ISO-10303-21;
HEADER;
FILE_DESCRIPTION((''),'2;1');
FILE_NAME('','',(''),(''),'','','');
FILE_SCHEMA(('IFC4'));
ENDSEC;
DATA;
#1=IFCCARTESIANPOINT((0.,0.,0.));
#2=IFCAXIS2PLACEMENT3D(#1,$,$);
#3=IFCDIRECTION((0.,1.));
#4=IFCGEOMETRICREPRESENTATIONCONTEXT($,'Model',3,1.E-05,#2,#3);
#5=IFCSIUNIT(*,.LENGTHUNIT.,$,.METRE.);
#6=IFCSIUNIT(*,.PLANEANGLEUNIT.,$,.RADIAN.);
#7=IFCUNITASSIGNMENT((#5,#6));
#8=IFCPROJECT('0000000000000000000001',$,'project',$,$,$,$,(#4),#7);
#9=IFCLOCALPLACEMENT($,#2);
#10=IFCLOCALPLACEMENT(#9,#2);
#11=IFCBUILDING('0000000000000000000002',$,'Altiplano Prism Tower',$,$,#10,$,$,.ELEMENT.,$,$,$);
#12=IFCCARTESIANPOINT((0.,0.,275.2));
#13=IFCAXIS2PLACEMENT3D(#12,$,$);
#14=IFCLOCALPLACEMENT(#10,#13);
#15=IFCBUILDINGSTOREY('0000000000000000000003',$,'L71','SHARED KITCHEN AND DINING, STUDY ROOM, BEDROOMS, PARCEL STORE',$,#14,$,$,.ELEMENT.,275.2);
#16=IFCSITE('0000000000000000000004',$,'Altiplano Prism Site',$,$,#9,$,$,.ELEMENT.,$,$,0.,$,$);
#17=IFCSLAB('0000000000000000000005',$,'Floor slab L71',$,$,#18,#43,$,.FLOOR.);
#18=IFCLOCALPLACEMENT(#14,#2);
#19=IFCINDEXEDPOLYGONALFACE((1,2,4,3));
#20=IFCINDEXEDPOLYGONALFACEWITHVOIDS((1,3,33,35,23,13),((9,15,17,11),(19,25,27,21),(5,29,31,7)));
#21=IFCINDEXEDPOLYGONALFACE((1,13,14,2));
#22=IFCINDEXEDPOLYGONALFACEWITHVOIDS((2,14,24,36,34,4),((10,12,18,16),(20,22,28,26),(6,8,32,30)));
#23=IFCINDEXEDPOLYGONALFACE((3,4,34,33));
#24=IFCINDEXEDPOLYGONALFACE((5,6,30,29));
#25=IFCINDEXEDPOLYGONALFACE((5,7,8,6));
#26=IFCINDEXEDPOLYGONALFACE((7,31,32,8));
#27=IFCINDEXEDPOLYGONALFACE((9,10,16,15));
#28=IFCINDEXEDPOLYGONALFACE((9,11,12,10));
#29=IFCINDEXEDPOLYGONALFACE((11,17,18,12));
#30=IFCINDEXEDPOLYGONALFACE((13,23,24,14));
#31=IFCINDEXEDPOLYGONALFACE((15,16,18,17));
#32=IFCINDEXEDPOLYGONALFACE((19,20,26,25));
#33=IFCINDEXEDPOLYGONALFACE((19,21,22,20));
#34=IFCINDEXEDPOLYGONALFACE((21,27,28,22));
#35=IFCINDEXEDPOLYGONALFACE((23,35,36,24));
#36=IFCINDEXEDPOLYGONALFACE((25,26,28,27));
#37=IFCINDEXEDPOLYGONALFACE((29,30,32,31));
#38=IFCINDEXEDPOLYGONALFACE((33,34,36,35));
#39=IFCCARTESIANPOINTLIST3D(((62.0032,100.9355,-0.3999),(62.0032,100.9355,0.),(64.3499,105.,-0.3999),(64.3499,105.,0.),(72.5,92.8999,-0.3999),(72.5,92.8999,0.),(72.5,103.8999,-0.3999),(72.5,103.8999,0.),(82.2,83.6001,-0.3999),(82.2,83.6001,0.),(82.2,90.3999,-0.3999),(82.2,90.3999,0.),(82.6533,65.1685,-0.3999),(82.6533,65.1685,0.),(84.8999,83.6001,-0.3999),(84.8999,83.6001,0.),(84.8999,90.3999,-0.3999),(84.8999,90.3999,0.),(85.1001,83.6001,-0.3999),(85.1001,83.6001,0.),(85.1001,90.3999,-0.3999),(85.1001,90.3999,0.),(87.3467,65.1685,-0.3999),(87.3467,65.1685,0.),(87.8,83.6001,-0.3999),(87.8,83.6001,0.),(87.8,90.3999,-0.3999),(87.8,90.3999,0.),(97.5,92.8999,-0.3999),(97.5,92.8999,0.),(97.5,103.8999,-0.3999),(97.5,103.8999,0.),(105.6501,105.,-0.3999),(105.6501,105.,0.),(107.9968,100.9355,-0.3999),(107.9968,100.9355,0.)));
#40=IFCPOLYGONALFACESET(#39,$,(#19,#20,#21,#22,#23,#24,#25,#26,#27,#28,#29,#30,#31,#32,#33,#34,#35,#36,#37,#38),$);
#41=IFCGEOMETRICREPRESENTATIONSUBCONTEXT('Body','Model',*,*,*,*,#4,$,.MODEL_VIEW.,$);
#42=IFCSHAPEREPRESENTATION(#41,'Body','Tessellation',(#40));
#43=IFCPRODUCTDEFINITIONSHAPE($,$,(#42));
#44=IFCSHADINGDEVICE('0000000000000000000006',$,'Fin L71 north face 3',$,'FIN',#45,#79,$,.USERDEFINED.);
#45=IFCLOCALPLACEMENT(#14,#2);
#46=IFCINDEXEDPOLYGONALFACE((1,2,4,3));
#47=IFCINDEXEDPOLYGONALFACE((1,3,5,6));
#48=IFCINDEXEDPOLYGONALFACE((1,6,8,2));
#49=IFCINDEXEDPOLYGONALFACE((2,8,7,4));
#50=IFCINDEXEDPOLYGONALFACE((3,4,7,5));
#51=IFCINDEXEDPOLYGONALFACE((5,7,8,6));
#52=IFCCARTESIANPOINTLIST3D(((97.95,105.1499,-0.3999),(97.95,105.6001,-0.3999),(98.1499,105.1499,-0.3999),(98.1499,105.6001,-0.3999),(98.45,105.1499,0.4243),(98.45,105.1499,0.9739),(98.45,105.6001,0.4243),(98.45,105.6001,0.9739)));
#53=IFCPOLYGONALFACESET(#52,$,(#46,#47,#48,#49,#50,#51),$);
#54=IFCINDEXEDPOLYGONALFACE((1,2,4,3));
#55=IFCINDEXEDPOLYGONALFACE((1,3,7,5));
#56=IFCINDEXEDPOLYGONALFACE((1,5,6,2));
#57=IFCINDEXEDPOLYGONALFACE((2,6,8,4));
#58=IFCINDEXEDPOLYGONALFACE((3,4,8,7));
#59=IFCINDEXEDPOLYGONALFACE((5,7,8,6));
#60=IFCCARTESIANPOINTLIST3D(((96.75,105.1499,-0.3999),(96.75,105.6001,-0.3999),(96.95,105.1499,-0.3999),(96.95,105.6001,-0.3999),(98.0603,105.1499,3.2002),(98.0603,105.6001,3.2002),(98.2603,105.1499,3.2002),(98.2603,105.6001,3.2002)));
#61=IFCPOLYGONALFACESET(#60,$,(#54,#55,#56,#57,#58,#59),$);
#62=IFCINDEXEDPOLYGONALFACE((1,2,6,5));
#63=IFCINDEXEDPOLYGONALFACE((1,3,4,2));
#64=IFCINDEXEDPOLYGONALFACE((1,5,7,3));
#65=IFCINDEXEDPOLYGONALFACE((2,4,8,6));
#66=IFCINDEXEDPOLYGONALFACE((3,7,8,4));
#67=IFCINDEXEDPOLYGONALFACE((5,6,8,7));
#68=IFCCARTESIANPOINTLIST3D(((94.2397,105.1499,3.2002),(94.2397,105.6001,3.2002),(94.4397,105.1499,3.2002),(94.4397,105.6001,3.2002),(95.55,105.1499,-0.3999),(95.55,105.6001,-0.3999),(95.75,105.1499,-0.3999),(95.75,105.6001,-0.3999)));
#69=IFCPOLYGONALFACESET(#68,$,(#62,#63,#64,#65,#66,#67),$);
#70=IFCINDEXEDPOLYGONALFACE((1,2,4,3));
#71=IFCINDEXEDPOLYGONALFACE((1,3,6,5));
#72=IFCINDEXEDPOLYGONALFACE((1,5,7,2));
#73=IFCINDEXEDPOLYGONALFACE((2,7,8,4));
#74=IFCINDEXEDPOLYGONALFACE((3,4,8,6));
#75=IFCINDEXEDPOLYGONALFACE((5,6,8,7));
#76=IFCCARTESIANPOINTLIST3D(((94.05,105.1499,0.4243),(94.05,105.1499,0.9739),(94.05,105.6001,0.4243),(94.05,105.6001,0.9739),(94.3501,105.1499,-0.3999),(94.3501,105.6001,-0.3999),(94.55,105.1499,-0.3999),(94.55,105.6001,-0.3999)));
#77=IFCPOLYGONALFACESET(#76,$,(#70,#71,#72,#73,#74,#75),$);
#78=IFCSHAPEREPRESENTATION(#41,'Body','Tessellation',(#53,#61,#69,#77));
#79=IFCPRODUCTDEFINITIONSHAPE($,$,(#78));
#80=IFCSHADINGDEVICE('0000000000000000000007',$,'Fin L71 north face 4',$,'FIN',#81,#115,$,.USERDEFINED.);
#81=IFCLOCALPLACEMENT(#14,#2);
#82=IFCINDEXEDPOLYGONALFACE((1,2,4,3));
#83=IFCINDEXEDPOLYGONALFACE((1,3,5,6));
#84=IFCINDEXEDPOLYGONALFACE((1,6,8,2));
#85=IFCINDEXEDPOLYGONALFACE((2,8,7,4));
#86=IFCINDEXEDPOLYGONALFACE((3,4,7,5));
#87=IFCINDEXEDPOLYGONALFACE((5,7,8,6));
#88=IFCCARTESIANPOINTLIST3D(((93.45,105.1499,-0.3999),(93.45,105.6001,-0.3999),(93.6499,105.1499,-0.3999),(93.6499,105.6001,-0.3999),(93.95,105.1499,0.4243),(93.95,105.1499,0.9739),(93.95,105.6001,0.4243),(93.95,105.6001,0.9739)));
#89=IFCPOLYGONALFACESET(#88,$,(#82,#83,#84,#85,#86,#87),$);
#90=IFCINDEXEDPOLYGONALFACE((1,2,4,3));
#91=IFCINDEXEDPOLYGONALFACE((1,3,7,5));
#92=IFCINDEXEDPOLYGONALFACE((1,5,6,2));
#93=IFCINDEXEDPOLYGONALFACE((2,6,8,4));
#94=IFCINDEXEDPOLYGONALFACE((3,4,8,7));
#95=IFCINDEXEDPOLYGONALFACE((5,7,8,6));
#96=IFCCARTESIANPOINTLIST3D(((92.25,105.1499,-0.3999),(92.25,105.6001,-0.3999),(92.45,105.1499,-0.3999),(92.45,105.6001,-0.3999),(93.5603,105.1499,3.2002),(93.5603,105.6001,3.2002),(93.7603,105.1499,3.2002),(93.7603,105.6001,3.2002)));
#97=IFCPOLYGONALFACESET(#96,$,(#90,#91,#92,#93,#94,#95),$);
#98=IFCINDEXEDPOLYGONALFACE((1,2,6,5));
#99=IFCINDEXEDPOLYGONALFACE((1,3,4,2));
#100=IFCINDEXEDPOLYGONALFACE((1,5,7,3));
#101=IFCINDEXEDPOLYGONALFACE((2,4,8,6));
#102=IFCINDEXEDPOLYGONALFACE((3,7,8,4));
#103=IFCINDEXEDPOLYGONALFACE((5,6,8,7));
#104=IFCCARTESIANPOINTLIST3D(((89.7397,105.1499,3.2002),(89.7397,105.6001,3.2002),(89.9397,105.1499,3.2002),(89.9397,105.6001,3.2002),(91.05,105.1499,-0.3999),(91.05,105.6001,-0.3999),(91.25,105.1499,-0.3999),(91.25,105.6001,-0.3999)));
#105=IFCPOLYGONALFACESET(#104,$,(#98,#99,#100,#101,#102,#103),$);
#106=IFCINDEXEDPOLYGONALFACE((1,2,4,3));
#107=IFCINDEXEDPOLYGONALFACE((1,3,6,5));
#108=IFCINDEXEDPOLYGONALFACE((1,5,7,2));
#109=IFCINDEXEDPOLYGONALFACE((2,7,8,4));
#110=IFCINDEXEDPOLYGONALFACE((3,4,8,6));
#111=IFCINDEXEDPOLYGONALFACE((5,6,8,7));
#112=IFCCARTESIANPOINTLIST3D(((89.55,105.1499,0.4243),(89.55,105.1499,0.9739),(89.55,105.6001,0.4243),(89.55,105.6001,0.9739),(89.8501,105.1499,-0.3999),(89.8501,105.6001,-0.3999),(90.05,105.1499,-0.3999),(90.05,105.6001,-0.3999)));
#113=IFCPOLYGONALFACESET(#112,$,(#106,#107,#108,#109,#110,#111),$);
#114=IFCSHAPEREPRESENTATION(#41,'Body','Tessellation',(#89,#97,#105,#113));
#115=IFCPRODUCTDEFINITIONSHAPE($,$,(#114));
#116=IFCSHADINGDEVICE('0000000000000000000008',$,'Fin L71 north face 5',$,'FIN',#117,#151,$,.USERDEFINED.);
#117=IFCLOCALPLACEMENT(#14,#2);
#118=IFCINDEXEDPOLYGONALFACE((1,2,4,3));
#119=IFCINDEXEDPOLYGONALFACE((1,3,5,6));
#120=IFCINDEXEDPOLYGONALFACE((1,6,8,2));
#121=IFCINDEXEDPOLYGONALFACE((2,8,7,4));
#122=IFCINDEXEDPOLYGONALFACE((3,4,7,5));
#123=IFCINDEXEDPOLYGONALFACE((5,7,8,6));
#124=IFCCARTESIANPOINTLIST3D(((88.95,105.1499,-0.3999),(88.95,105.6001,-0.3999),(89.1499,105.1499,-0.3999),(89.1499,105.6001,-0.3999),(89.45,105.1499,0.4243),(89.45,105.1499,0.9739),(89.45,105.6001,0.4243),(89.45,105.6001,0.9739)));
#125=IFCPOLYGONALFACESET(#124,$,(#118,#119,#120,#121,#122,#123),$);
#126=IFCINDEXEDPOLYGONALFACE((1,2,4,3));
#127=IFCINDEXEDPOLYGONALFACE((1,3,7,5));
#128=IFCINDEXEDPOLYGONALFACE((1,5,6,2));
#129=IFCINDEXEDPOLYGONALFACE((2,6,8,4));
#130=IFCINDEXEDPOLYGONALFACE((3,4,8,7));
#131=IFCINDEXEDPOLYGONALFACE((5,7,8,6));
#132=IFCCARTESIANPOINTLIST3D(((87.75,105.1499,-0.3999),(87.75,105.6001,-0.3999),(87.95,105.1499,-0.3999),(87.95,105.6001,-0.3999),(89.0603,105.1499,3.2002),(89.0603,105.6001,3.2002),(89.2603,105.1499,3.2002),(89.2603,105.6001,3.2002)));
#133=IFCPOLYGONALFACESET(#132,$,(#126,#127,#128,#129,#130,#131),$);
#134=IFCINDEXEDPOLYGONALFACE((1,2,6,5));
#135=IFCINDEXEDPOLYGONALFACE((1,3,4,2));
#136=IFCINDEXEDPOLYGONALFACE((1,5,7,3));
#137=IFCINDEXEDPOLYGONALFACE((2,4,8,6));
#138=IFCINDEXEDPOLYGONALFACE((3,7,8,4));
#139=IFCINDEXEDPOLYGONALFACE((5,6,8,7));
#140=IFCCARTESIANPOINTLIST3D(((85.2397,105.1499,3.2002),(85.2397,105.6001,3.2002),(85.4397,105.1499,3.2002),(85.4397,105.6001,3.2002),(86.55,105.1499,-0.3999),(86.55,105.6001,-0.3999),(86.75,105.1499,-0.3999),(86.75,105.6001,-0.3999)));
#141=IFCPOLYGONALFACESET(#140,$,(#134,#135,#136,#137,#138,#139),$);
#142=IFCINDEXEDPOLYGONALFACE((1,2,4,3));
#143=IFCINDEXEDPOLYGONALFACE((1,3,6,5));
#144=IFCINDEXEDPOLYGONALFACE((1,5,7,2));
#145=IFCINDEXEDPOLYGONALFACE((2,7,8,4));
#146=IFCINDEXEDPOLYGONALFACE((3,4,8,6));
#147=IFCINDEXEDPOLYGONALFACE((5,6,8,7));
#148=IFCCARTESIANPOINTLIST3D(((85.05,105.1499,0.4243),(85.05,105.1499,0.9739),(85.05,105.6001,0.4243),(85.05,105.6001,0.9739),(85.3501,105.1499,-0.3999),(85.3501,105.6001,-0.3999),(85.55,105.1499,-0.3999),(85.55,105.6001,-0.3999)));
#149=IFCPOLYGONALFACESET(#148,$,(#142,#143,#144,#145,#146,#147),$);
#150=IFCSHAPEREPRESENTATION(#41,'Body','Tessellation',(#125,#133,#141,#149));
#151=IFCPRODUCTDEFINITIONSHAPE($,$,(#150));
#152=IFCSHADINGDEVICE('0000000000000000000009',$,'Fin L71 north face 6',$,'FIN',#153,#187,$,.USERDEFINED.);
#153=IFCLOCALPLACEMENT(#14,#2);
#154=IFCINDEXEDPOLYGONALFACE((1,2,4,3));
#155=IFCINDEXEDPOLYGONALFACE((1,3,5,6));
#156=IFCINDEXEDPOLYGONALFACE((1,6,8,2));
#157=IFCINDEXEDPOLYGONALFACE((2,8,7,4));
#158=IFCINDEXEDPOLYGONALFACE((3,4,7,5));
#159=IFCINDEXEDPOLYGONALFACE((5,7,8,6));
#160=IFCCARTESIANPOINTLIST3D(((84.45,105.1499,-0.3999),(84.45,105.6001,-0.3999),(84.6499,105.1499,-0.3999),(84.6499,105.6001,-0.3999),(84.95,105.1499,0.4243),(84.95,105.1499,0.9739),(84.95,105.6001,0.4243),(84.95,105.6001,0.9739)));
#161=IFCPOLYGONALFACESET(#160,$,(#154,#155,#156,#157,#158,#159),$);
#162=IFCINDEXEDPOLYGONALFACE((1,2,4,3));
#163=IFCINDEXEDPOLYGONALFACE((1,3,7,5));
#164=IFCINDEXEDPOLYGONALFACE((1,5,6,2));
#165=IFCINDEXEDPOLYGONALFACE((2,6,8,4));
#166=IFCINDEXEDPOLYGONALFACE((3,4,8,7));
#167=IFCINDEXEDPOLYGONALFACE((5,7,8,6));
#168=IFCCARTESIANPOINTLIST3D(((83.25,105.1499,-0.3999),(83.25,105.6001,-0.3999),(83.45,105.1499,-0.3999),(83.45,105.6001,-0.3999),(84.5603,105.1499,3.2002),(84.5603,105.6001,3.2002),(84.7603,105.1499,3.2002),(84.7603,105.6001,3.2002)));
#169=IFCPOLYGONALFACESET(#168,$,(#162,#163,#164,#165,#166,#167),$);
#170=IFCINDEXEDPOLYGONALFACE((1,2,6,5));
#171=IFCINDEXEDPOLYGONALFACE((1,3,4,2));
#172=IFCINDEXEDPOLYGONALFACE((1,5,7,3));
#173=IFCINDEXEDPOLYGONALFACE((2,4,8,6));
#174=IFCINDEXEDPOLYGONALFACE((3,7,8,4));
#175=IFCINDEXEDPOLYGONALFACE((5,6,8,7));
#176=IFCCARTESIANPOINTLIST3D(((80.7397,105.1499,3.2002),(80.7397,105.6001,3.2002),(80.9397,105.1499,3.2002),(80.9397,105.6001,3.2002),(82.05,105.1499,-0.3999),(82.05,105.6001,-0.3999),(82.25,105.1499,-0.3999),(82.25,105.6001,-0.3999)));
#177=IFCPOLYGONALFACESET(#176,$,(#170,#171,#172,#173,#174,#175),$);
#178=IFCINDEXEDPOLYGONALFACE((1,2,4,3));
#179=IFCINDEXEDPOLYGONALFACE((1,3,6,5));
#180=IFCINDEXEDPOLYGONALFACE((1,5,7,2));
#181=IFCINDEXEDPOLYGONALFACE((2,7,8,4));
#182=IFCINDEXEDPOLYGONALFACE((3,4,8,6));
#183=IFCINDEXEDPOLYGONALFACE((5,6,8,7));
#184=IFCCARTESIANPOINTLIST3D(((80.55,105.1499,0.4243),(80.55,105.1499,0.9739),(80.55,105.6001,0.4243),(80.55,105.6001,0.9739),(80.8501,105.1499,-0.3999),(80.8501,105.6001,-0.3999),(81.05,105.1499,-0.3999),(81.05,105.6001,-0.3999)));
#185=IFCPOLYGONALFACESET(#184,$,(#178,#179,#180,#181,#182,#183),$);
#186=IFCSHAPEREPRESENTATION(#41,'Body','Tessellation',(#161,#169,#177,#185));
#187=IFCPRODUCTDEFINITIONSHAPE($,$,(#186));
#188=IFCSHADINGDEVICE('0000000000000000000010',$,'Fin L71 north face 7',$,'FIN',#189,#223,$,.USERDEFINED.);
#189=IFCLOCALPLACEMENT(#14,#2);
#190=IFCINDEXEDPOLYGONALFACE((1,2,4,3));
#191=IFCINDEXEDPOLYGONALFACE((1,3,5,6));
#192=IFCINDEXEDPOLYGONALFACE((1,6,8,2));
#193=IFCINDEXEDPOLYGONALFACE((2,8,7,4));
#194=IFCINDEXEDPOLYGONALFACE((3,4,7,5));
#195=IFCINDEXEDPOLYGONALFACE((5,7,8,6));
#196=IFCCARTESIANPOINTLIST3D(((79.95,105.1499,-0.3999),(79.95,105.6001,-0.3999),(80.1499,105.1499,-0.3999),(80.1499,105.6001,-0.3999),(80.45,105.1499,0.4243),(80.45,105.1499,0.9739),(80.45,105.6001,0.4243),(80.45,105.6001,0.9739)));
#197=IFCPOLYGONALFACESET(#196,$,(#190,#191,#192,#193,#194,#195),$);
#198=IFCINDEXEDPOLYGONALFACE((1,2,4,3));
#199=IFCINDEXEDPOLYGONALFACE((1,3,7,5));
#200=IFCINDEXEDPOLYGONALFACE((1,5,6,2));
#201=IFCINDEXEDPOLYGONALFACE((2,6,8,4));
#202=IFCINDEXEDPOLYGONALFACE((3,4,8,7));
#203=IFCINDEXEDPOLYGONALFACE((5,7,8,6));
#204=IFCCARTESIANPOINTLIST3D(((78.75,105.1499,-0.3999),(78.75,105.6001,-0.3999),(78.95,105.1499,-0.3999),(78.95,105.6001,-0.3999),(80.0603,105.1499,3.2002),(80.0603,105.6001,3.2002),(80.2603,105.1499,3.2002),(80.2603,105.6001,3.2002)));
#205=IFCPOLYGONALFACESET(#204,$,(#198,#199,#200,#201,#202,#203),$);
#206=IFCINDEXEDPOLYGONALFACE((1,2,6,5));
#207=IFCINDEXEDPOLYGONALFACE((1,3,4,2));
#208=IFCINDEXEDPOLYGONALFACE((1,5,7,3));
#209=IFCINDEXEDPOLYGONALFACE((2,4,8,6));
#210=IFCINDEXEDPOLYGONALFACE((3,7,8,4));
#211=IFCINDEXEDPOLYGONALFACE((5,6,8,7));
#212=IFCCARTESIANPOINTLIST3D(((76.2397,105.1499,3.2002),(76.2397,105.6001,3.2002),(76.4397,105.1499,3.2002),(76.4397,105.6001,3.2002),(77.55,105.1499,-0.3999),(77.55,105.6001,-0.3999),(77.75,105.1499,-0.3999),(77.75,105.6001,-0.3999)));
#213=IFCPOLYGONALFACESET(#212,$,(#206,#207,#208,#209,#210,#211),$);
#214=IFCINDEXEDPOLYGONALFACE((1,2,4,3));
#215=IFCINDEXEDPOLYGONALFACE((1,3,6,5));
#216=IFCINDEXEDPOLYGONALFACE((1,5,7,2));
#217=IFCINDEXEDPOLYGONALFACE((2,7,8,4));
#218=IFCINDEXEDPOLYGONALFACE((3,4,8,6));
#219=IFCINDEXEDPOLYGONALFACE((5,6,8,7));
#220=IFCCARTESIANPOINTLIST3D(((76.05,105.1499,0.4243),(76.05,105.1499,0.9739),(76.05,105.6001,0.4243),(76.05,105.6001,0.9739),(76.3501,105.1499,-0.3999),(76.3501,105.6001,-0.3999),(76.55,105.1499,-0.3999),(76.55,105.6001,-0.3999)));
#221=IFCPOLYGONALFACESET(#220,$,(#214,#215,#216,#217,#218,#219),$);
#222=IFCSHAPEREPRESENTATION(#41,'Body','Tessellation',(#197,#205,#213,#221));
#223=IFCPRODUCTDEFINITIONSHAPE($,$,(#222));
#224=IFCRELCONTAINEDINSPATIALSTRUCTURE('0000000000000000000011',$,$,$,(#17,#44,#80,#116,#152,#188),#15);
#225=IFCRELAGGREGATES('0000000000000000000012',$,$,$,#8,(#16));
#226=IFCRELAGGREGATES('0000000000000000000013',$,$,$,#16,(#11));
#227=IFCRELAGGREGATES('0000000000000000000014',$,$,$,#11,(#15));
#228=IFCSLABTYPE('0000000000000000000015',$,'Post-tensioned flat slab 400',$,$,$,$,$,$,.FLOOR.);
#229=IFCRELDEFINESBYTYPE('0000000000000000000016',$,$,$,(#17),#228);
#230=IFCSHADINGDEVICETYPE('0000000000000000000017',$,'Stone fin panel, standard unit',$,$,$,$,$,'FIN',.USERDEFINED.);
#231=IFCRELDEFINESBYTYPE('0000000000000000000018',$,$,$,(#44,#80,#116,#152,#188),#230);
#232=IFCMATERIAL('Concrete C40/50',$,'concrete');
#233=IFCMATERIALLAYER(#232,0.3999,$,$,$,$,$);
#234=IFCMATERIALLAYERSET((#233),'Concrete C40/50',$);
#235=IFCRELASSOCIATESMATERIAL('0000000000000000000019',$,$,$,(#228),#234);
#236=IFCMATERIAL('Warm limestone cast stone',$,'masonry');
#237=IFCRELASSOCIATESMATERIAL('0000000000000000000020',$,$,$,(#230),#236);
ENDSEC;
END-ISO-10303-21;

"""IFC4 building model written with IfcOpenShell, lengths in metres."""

from ifc_helpers import new_model, si_unit, direction, frame, origin, place, context, subcontext, project, spatial, polyline, outline, extrude, source, transform, mapped, material, layer, layer_set, type_object, element, save


model = new_model("IFC4")

# Units and contexts
model_context = context("Model", 3, precision=1e-05, world=origin(), true_north=direction((0.0, 1.0)))
body_context = subcontext(model_context, "Body", "Model", "MODEL_VIEW")
ifc_project = project(units=[si_unit("LENGTHUNIT", "METRE"), si_unit("PLANEANGLEUNIT", "RADIAN")], contexts=[model_context])

# Site, building, storey
site_placement = place(None, origin())
site = spatial("IfcSite", under=ifc_project, at=site_placement, Name="Altiplano Prism Site", CompositionType="ELEMENT", RefElevation=0.0)
building_placement = place(site_placement, origin())
building = spatial("IfcBuilding", under=site, at=building_placement, Name="Altiplano Prism Tower", CompositionType="ELEMENT")
storey_placement = place(building_placement, frame((0.0, 0.0, 275.2)))
storey = spatial("IfcBuildingStorey", under=building, at=storey_placement, Name="L71", Description="SHARED KITCHEN AND DINING, STUDY ROOM, BEDROOMS, PARCEL STORE", CompositionType="ELEMENT", Elevation=275.2)

# Slab
ifc_material_1 = material(Name="Concrete C40/50", Category="concrete")
ifc_layer = layer(ifc_material_1, 0.3999)
ifc_layer_set = layer_set([ifc_layer], Name="Concrete C40/50")
slab_type = type_object("IfcSlabType", Name="Post-tensioned flat slab 400", PredefinedType="FLOOR", material=ifc_layer_set)
slab_placement = place(storey_placement, frame((0.0, 0.0, -0.3999)))
element("IfcSlab", 1, at=slab_placement, inside=storey, type_object=slab_type, Name="Floor slab L71", PredefinedType="FLOOR", context=body_context, shape_type="SweptSolid", body=[
    extrude(outline(polyline([(82.6533, 65.1685), (62.0032, 100.9355), (64.3499, 105.0), (105.6501, 105.0), (107.9968, 100.9355), (87.3467, 65.1685), (82.6533, 65.1685)]), holes=[polyline([(72.5, 103.8999), (72.5, 92.8999), (97.5, 92.8999), (97.5, 103.8999), (72.5, 103.8999)]), polyline([(84.8999, 90.3999), (82.2, 90.3999), (82.2, 83.6001), (84.8999, 83.6001), (84.8999, 90.3999)]), polyline([(87.8, 83.6001), (87.8, 90.3999), (85.1001, 90.3999), (85.1001, 83.6001), (87.8, 83.6001)])]), origin(), (0.0, 0.0, 1.0), 0.3999),
])

# Shading devices
ifc_material_2 = material(Name="Warm limestone cast stone", Category="masonry")
shading_device_type_1 = type_object("IfcShadingDeviceType", Name="Stone fin panel, standard unit", ElementType="FIN", PredefinedType="USERDEFINED", material=ifc_material_2)
shared_shape_1 = source(origin(), body_context, "Body", "SweptSolid", [
    extrude(outline(polyline([(-2.2, 1.3738), (-2.2, 0.8242), (-1.8999, 0.0), (-1.7, 0.0), (-2.2, 1.3738)])), frame((0.0, -0.1499, 0.0), z_axis=(0.0, -1.0, 0.0), x_axis=(1.0, 0.0, 0.0)), (0.0, 0.0, 1.0), 0.4502),
    extrude(outline(polyline([(-2.0103, 3.6001), (-0.7, 0.0), (-0.5, 0.0), (-1.8103, 3.6001), (-2.0103, 3.6001)])), frame((0.0, -0.1499, 0.0), z_axis=(0.0, -1.0, 0.0), x_axis=(1.0, 0.0, 0.0)), (0.0, 0.0, 1.0), 0.4502),
    extrude(outline(polyline([(1.8103, 3.6001), (0.5, 0.0), (0.7, 0.0), (2.0103, 3.6001), (1.8103, 3.6001)])), frame((0.0, -0.1499, 0.0), z_axis=(0.0, -1.0, 0.0), x_axis=(1.0, 0.0, 0.0)), (0.0, 0.0, 1.0), 0.4502),
    extrude(outline(polyline([(2.2, 0.8242), (2.2, 1.3738), (1.7, 0.0), (1.8999, 0.0), (2.2, 0.8242)])), frame((0.0, -0.1499, 0.0), z_axis=(0.0, -1.0, 0.0), x_axis=(1.0, 0.0, 0.0)), (0.0, 0.0, 1.0), 0.4502),
])
shading_device_1_placement = place(storey_placement, origin())
element("IfcShadingDevice", 2, at=shading_device_1_placement, inside=storey, type_object=shading_device_type_1, Name="Fin L71 north face 3", ObjectType="FIN", PredefinedType="USERDEFINED", context=body_context, shape_type="MappedRepresentation", body=[
    mapped(shared_shape_1, transform((96.25, 105.0, -0.3999), x_axis=(-1.0, 0.0, 0.0), y_axis=(0.0, -1.0, 0.0), z_axis=(0.0, 0.0, 1.0))),
])
shading_device_2_placement = place(storey_placement, origin())
element("IfcShadingDevice", 3, at=shading_device_2_placement, inside=storey, type_object=shading_device_type_1, Name="Fin L71 north face 4", ObjectType="FIN", PredefinedType="USERDEFINED", context=body_context, shape_type="MappedRepresentation", body=[
    mapped(shared_shape_1, transform((91.75, 105.0, -0.3999), x_axis=(-1.0, 0.0, 0.0), y_axis=(0.0, -1.0, 0.0), z_axis=(0.0, 0.0, 1.0))),
])
shading_device_3_placement = place(storey_placement, origin())
element("IfcShadingDevice", 4, at=shading_device_3_placement, inside=storey, type_object=shading_device_type_1, Name="Fin L71 north face 5", ObjectType="FIN", PredefinedType="USERDEFINED", context=body_context, shape_type="MappedRepresentation", body=[
    mapped(shared_shape_1, transform((87.25, 105.0, -0.3999), x_axis=(-1.0, 0.0, 0.0), y_axis=(0.0, -1.0, 0.0), z_axis=(0.0, 0.0, 1.0))),
])
shading_device_4_placement = place(storey_placement, origin())
element("IfcShadingDevice", 5, at=shading_device_4_placement, inside=storey, type_object=shading_device_type_1, Name="Fin L71 north face 6", ObjectType="FIN", PredefinedType="USERDEFINED", context=body_context, shape_type="MappedRepresentation", body=[
    mapped(shared_shape_1, transform((82.75, 105.0, -0.3999), x_axis=(-1.0, 0.0, 0.0), y_axis=(0.0, -1.0, 0.0), z_axis=(0.0, 0.0, 1.0))),
])
shading_device_5_placement = place(storey_placement, origin())
element("IfcShadingDevice", 6, at=shading_device_5_placement, inside=storey, type_object=shading_device_type_1, Name="Fin L71 north face 7", ObjectType="FIN", PredefinedType="USERDEFINED", context=body_context, shape_type="MappedRepresentation", body=[
    mapped(shared_shape_1, transform((78.25, 105.0, -0.3999), x_axis=(-1.0, 0.0, 0.0), y_axis=(0.0, -1.0, 0.0), z_axis=(0.0, 0.0, 1.0))),
])

save(model, "model.ifc")
